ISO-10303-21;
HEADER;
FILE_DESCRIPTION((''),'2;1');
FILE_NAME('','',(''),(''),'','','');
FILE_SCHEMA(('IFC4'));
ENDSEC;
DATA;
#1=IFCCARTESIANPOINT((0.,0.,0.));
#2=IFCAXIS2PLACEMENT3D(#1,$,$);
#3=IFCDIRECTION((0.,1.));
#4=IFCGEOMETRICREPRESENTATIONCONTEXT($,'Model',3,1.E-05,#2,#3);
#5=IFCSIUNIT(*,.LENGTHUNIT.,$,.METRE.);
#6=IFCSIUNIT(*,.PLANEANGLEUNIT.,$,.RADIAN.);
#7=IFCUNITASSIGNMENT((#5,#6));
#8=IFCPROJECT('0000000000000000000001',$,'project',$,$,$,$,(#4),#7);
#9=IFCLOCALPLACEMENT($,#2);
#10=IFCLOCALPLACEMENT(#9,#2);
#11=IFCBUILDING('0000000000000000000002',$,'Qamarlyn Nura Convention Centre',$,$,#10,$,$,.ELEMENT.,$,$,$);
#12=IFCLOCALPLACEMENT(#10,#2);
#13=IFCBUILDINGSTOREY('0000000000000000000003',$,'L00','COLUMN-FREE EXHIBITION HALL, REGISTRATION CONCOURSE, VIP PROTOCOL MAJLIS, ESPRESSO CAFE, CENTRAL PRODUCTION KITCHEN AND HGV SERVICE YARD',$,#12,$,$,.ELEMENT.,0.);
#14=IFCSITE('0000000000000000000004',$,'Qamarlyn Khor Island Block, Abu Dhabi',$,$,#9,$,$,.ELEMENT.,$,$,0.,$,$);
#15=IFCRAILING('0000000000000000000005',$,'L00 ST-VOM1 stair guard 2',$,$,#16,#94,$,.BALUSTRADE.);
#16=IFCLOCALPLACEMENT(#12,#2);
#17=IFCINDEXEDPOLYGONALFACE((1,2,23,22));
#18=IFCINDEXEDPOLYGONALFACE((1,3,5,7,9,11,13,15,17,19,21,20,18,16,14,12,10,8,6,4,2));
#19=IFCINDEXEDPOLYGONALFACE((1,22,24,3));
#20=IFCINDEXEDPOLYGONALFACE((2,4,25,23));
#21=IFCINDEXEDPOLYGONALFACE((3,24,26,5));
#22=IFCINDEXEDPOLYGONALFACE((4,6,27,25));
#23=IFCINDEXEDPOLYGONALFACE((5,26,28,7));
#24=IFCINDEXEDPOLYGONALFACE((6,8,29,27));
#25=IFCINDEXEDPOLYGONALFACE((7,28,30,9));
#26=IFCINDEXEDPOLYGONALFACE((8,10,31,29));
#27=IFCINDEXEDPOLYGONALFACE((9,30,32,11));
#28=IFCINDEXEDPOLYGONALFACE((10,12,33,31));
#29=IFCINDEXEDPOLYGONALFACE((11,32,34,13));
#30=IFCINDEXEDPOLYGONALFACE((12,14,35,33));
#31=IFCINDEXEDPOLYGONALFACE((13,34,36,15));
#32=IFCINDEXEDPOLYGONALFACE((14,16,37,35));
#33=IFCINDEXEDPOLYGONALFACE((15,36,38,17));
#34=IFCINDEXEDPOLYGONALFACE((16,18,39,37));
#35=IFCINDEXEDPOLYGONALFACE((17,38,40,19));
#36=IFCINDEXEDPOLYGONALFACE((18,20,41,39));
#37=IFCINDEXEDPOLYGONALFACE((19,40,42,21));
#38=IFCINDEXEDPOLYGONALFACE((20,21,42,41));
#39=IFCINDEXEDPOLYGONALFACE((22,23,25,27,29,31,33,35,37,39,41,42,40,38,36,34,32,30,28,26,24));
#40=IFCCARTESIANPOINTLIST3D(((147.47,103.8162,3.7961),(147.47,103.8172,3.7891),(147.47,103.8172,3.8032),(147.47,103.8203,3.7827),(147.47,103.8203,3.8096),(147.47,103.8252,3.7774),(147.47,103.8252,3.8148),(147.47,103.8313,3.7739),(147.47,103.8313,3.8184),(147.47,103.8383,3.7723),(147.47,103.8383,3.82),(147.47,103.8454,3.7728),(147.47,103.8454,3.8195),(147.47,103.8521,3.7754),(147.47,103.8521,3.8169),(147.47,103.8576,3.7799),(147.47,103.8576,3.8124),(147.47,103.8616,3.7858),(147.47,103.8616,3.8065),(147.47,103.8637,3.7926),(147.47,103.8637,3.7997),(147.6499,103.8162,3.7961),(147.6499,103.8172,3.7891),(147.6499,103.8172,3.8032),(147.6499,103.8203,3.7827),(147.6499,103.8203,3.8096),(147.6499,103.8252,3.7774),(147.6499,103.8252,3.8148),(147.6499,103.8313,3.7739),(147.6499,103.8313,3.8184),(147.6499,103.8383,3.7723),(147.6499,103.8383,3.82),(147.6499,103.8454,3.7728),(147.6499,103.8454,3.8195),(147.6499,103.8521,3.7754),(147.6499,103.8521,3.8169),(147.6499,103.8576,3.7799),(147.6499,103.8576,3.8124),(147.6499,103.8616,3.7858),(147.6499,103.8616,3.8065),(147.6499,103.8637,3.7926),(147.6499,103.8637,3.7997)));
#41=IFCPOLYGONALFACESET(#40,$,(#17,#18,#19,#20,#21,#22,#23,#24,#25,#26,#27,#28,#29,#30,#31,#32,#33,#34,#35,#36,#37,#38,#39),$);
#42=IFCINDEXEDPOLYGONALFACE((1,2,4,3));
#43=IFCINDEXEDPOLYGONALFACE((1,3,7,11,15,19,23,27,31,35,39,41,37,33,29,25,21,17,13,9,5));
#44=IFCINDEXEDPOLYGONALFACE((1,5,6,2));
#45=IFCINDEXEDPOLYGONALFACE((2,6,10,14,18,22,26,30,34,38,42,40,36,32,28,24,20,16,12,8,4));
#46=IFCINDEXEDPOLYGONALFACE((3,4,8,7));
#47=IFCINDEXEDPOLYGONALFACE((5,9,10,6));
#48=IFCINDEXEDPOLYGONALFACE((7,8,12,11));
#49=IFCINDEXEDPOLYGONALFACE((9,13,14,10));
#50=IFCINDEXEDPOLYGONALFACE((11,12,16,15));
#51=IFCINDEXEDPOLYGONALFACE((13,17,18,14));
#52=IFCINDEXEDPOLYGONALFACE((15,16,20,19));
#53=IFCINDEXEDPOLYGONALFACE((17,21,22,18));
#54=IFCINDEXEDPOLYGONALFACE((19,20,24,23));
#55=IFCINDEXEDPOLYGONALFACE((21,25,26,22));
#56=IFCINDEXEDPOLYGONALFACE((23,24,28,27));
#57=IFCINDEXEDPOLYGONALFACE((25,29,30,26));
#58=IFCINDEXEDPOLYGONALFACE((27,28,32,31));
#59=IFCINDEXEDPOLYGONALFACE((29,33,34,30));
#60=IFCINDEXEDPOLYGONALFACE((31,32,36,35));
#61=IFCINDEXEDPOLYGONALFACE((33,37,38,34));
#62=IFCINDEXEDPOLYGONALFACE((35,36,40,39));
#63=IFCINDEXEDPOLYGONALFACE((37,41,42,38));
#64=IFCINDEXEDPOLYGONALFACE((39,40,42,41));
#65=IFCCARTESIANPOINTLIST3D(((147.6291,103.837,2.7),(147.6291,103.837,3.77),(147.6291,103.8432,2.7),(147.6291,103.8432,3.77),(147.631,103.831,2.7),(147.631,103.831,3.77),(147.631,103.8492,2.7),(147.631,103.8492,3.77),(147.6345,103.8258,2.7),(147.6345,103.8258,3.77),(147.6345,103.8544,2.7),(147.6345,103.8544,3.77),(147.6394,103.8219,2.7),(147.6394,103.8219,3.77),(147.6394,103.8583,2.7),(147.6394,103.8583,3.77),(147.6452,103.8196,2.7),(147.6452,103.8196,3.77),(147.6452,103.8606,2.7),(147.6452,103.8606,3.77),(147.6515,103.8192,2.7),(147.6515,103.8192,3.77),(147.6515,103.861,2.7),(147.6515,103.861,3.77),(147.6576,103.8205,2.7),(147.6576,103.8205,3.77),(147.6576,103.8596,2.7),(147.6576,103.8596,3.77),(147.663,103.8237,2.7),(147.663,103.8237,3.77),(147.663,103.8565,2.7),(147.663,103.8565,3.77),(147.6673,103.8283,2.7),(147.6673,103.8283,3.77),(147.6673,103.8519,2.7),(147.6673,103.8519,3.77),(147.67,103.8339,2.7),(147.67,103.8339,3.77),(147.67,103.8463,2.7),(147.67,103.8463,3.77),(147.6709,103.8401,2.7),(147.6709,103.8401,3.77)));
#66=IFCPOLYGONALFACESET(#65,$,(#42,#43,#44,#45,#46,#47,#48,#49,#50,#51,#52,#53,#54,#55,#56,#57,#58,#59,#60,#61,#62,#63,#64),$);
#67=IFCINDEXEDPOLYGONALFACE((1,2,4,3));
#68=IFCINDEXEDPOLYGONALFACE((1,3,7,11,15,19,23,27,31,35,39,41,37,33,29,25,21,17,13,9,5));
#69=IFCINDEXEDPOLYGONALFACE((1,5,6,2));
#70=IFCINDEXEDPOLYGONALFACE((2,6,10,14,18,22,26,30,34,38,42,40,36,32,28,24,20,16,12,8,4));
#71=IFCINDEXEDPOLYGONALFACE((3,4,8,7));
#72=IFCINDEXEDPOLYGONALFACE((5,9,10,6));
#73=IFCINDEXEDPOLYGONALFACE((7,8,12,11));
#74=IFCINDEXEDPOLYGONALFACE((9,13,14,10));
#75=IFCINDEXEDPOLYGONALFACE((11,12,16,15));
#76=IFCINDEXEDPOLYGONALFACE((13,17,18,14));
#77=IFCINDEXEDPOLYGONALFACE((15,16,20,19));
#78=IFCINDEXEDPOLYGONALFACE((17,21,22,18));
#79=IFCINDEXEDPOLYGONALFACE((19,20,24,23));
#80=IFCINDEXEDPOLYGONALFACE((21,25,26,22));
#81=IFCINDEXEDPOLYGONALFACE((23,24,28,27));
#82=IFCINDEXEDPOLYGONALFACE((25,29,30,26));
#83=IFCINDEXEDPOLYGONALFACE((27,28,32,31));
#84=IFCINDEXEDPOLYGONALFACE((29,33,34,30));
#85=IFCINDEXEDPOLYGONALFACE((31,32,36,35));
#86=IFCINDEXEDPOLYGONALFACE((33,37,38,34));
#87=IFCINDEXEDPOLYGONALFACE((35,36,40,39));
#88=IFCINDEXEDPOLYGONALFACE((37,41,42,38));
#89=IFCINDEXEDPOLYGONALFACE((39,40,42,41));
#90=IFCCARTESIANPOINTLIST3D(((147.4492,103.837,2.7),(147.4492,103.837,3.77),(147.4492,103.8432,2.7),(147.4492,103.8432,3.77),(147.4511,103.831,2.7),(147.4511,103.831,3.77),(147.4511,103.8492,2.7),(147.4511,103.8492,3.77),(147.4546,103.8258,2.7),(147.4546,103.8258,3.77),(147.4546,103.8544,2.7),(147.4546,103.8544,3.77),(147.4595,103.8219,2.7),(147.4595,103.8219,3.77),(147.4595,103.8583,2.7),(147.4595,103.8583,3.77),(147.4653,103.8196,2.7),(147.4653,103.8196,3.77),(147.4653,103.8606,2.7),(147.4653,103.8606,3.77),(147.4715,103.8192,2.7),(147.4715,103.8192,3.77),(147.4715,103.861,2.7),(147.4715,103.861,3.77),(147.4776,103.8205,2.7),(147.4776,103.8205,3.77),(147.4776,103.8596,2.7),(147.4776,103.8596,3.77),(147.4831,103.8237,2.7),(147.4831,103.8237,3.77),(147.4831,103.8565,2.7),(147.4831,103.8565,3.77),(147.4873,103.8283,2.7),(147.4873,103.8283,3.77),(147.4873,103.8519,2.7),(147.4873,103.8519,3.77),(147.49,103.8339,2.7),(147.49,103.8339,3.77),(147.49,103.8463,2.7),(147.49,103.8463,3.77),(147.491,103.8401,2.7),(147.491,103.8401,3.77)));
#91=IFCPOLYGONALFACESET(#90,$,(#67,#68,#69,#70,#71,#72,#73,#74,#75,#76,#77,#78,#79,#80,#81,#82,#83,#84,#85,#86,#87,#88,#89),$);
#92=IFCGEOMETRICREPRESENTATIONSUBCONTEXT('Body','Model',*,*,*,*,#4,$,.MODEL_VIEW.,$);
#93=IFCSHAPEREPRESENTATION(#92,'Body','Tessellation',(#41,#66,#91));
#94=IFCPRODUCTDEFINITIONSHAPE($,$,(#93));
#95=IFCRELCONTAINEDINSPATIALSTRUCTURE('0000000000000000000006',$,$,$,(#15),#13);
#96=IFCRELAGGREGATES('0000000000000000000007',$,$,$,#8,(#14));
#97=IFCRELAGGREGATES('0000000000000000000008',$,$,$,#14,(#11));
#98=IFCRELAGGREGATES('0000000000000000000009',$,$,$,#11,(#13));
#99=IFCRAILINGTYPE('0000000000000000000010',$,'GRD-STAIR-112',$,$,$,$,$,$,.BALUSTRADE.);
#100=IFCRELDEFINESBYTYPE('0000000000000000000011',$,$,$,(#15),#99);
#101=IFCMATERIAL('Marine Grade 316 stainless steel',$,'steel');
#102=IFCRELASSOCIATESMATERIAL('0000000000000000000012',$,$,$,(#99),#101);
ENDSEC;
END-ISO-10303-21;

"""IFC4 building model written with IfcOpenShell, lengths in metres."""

from ifc_helpers import new_model, si_unit, direction, frame, origin, origin_2d, place, context, subcontext, project, spatial, circle, extrude, material, type_object, element, save


model = new_model("IFC4")

# Units and contexts
model_context = context("Model", 3, precision=1e-05, world=origin(), true_north=direction((0.0, 1.0)))
body_context = subcontext(model_context, "Body", "Model", "MODEL_VIEW")
ifc_project = project(units=[si_unit("LENGTHUNIT", "METRE"), si_unit("PLANEANGLEUNIT", "RADIAN")], contexts=[model_context])

# Site, building, storey
site_placement = place(None, origin())
site = spatial("IfcSite", under=ifc_project, at=site_placement, Name="Qamarlyn Khor Island Block, Abu Dhabi", CompositionType="ELEMENT", RefElevation=0.0)
building_placement = place(site_placement, origin())
building = spatial("IfcBuilding", under=site, at=building_placement, Name="Qamarlyn Nura Convention Centre", CompositionType="ELEMENT")
storey_placement = place(building_placement, origin())
storey = spatial("IfcBuildingStorey", under=building, at=storey_placement, Name="L00", Description="COLUMN-FREE EXHIBITION HALL, REGISTRATION CONCOURSE, VIP PROTOCOL MAJLIS, ESPRESSO CAFE, CENTRAL PRODUCTION KITCHEN AND HGV SERVICE YARD", CompositionType="ELEMENT", Elevation=0.0)

# Railing
ifc_material_1 = material(Name="Marine Grade 316 stainless steel", Category="steel")
railing_type_1 = type_object("IfcRailingType", Name="GRD-STAIR-112", PredefinedType="BALUSTRADE", material=ifc_material_1)
railing_1_placement = place(storey_placement, frame((147.6499, 103.8401, 2.7)))
element("IfcRailing", 1, at=railing_1_placement, inside=storey, type_object=railing_type_1, Name="L00 ST-VOM1 stair guard 2", PredefinedType="BALUSTRADE", context=body_context, shape_type="SweptSolid", body=[
    extrude(circle(Radius=0.0239, at=origin_2d()), frame((0.0, 0.0, 1.0962), z_axis=(-1.0, 0.0, 0.0), x_axis=(0.0, -1.0, 0.0)), (0.0, 0.0, 1.0), 0.1799),
    extrude(circle(Radius=0.021, at=origin_2d()), origin(), (0.0, 0.0, 1.0), 1.0701),
    extrude(circle(Radius=0.021, at=origin_2d()), frame((-0.1799, 0.0, 0.0)), (0.0, 0.0, 1.0), 1.0701),
])

save(model, "model.ifc")
